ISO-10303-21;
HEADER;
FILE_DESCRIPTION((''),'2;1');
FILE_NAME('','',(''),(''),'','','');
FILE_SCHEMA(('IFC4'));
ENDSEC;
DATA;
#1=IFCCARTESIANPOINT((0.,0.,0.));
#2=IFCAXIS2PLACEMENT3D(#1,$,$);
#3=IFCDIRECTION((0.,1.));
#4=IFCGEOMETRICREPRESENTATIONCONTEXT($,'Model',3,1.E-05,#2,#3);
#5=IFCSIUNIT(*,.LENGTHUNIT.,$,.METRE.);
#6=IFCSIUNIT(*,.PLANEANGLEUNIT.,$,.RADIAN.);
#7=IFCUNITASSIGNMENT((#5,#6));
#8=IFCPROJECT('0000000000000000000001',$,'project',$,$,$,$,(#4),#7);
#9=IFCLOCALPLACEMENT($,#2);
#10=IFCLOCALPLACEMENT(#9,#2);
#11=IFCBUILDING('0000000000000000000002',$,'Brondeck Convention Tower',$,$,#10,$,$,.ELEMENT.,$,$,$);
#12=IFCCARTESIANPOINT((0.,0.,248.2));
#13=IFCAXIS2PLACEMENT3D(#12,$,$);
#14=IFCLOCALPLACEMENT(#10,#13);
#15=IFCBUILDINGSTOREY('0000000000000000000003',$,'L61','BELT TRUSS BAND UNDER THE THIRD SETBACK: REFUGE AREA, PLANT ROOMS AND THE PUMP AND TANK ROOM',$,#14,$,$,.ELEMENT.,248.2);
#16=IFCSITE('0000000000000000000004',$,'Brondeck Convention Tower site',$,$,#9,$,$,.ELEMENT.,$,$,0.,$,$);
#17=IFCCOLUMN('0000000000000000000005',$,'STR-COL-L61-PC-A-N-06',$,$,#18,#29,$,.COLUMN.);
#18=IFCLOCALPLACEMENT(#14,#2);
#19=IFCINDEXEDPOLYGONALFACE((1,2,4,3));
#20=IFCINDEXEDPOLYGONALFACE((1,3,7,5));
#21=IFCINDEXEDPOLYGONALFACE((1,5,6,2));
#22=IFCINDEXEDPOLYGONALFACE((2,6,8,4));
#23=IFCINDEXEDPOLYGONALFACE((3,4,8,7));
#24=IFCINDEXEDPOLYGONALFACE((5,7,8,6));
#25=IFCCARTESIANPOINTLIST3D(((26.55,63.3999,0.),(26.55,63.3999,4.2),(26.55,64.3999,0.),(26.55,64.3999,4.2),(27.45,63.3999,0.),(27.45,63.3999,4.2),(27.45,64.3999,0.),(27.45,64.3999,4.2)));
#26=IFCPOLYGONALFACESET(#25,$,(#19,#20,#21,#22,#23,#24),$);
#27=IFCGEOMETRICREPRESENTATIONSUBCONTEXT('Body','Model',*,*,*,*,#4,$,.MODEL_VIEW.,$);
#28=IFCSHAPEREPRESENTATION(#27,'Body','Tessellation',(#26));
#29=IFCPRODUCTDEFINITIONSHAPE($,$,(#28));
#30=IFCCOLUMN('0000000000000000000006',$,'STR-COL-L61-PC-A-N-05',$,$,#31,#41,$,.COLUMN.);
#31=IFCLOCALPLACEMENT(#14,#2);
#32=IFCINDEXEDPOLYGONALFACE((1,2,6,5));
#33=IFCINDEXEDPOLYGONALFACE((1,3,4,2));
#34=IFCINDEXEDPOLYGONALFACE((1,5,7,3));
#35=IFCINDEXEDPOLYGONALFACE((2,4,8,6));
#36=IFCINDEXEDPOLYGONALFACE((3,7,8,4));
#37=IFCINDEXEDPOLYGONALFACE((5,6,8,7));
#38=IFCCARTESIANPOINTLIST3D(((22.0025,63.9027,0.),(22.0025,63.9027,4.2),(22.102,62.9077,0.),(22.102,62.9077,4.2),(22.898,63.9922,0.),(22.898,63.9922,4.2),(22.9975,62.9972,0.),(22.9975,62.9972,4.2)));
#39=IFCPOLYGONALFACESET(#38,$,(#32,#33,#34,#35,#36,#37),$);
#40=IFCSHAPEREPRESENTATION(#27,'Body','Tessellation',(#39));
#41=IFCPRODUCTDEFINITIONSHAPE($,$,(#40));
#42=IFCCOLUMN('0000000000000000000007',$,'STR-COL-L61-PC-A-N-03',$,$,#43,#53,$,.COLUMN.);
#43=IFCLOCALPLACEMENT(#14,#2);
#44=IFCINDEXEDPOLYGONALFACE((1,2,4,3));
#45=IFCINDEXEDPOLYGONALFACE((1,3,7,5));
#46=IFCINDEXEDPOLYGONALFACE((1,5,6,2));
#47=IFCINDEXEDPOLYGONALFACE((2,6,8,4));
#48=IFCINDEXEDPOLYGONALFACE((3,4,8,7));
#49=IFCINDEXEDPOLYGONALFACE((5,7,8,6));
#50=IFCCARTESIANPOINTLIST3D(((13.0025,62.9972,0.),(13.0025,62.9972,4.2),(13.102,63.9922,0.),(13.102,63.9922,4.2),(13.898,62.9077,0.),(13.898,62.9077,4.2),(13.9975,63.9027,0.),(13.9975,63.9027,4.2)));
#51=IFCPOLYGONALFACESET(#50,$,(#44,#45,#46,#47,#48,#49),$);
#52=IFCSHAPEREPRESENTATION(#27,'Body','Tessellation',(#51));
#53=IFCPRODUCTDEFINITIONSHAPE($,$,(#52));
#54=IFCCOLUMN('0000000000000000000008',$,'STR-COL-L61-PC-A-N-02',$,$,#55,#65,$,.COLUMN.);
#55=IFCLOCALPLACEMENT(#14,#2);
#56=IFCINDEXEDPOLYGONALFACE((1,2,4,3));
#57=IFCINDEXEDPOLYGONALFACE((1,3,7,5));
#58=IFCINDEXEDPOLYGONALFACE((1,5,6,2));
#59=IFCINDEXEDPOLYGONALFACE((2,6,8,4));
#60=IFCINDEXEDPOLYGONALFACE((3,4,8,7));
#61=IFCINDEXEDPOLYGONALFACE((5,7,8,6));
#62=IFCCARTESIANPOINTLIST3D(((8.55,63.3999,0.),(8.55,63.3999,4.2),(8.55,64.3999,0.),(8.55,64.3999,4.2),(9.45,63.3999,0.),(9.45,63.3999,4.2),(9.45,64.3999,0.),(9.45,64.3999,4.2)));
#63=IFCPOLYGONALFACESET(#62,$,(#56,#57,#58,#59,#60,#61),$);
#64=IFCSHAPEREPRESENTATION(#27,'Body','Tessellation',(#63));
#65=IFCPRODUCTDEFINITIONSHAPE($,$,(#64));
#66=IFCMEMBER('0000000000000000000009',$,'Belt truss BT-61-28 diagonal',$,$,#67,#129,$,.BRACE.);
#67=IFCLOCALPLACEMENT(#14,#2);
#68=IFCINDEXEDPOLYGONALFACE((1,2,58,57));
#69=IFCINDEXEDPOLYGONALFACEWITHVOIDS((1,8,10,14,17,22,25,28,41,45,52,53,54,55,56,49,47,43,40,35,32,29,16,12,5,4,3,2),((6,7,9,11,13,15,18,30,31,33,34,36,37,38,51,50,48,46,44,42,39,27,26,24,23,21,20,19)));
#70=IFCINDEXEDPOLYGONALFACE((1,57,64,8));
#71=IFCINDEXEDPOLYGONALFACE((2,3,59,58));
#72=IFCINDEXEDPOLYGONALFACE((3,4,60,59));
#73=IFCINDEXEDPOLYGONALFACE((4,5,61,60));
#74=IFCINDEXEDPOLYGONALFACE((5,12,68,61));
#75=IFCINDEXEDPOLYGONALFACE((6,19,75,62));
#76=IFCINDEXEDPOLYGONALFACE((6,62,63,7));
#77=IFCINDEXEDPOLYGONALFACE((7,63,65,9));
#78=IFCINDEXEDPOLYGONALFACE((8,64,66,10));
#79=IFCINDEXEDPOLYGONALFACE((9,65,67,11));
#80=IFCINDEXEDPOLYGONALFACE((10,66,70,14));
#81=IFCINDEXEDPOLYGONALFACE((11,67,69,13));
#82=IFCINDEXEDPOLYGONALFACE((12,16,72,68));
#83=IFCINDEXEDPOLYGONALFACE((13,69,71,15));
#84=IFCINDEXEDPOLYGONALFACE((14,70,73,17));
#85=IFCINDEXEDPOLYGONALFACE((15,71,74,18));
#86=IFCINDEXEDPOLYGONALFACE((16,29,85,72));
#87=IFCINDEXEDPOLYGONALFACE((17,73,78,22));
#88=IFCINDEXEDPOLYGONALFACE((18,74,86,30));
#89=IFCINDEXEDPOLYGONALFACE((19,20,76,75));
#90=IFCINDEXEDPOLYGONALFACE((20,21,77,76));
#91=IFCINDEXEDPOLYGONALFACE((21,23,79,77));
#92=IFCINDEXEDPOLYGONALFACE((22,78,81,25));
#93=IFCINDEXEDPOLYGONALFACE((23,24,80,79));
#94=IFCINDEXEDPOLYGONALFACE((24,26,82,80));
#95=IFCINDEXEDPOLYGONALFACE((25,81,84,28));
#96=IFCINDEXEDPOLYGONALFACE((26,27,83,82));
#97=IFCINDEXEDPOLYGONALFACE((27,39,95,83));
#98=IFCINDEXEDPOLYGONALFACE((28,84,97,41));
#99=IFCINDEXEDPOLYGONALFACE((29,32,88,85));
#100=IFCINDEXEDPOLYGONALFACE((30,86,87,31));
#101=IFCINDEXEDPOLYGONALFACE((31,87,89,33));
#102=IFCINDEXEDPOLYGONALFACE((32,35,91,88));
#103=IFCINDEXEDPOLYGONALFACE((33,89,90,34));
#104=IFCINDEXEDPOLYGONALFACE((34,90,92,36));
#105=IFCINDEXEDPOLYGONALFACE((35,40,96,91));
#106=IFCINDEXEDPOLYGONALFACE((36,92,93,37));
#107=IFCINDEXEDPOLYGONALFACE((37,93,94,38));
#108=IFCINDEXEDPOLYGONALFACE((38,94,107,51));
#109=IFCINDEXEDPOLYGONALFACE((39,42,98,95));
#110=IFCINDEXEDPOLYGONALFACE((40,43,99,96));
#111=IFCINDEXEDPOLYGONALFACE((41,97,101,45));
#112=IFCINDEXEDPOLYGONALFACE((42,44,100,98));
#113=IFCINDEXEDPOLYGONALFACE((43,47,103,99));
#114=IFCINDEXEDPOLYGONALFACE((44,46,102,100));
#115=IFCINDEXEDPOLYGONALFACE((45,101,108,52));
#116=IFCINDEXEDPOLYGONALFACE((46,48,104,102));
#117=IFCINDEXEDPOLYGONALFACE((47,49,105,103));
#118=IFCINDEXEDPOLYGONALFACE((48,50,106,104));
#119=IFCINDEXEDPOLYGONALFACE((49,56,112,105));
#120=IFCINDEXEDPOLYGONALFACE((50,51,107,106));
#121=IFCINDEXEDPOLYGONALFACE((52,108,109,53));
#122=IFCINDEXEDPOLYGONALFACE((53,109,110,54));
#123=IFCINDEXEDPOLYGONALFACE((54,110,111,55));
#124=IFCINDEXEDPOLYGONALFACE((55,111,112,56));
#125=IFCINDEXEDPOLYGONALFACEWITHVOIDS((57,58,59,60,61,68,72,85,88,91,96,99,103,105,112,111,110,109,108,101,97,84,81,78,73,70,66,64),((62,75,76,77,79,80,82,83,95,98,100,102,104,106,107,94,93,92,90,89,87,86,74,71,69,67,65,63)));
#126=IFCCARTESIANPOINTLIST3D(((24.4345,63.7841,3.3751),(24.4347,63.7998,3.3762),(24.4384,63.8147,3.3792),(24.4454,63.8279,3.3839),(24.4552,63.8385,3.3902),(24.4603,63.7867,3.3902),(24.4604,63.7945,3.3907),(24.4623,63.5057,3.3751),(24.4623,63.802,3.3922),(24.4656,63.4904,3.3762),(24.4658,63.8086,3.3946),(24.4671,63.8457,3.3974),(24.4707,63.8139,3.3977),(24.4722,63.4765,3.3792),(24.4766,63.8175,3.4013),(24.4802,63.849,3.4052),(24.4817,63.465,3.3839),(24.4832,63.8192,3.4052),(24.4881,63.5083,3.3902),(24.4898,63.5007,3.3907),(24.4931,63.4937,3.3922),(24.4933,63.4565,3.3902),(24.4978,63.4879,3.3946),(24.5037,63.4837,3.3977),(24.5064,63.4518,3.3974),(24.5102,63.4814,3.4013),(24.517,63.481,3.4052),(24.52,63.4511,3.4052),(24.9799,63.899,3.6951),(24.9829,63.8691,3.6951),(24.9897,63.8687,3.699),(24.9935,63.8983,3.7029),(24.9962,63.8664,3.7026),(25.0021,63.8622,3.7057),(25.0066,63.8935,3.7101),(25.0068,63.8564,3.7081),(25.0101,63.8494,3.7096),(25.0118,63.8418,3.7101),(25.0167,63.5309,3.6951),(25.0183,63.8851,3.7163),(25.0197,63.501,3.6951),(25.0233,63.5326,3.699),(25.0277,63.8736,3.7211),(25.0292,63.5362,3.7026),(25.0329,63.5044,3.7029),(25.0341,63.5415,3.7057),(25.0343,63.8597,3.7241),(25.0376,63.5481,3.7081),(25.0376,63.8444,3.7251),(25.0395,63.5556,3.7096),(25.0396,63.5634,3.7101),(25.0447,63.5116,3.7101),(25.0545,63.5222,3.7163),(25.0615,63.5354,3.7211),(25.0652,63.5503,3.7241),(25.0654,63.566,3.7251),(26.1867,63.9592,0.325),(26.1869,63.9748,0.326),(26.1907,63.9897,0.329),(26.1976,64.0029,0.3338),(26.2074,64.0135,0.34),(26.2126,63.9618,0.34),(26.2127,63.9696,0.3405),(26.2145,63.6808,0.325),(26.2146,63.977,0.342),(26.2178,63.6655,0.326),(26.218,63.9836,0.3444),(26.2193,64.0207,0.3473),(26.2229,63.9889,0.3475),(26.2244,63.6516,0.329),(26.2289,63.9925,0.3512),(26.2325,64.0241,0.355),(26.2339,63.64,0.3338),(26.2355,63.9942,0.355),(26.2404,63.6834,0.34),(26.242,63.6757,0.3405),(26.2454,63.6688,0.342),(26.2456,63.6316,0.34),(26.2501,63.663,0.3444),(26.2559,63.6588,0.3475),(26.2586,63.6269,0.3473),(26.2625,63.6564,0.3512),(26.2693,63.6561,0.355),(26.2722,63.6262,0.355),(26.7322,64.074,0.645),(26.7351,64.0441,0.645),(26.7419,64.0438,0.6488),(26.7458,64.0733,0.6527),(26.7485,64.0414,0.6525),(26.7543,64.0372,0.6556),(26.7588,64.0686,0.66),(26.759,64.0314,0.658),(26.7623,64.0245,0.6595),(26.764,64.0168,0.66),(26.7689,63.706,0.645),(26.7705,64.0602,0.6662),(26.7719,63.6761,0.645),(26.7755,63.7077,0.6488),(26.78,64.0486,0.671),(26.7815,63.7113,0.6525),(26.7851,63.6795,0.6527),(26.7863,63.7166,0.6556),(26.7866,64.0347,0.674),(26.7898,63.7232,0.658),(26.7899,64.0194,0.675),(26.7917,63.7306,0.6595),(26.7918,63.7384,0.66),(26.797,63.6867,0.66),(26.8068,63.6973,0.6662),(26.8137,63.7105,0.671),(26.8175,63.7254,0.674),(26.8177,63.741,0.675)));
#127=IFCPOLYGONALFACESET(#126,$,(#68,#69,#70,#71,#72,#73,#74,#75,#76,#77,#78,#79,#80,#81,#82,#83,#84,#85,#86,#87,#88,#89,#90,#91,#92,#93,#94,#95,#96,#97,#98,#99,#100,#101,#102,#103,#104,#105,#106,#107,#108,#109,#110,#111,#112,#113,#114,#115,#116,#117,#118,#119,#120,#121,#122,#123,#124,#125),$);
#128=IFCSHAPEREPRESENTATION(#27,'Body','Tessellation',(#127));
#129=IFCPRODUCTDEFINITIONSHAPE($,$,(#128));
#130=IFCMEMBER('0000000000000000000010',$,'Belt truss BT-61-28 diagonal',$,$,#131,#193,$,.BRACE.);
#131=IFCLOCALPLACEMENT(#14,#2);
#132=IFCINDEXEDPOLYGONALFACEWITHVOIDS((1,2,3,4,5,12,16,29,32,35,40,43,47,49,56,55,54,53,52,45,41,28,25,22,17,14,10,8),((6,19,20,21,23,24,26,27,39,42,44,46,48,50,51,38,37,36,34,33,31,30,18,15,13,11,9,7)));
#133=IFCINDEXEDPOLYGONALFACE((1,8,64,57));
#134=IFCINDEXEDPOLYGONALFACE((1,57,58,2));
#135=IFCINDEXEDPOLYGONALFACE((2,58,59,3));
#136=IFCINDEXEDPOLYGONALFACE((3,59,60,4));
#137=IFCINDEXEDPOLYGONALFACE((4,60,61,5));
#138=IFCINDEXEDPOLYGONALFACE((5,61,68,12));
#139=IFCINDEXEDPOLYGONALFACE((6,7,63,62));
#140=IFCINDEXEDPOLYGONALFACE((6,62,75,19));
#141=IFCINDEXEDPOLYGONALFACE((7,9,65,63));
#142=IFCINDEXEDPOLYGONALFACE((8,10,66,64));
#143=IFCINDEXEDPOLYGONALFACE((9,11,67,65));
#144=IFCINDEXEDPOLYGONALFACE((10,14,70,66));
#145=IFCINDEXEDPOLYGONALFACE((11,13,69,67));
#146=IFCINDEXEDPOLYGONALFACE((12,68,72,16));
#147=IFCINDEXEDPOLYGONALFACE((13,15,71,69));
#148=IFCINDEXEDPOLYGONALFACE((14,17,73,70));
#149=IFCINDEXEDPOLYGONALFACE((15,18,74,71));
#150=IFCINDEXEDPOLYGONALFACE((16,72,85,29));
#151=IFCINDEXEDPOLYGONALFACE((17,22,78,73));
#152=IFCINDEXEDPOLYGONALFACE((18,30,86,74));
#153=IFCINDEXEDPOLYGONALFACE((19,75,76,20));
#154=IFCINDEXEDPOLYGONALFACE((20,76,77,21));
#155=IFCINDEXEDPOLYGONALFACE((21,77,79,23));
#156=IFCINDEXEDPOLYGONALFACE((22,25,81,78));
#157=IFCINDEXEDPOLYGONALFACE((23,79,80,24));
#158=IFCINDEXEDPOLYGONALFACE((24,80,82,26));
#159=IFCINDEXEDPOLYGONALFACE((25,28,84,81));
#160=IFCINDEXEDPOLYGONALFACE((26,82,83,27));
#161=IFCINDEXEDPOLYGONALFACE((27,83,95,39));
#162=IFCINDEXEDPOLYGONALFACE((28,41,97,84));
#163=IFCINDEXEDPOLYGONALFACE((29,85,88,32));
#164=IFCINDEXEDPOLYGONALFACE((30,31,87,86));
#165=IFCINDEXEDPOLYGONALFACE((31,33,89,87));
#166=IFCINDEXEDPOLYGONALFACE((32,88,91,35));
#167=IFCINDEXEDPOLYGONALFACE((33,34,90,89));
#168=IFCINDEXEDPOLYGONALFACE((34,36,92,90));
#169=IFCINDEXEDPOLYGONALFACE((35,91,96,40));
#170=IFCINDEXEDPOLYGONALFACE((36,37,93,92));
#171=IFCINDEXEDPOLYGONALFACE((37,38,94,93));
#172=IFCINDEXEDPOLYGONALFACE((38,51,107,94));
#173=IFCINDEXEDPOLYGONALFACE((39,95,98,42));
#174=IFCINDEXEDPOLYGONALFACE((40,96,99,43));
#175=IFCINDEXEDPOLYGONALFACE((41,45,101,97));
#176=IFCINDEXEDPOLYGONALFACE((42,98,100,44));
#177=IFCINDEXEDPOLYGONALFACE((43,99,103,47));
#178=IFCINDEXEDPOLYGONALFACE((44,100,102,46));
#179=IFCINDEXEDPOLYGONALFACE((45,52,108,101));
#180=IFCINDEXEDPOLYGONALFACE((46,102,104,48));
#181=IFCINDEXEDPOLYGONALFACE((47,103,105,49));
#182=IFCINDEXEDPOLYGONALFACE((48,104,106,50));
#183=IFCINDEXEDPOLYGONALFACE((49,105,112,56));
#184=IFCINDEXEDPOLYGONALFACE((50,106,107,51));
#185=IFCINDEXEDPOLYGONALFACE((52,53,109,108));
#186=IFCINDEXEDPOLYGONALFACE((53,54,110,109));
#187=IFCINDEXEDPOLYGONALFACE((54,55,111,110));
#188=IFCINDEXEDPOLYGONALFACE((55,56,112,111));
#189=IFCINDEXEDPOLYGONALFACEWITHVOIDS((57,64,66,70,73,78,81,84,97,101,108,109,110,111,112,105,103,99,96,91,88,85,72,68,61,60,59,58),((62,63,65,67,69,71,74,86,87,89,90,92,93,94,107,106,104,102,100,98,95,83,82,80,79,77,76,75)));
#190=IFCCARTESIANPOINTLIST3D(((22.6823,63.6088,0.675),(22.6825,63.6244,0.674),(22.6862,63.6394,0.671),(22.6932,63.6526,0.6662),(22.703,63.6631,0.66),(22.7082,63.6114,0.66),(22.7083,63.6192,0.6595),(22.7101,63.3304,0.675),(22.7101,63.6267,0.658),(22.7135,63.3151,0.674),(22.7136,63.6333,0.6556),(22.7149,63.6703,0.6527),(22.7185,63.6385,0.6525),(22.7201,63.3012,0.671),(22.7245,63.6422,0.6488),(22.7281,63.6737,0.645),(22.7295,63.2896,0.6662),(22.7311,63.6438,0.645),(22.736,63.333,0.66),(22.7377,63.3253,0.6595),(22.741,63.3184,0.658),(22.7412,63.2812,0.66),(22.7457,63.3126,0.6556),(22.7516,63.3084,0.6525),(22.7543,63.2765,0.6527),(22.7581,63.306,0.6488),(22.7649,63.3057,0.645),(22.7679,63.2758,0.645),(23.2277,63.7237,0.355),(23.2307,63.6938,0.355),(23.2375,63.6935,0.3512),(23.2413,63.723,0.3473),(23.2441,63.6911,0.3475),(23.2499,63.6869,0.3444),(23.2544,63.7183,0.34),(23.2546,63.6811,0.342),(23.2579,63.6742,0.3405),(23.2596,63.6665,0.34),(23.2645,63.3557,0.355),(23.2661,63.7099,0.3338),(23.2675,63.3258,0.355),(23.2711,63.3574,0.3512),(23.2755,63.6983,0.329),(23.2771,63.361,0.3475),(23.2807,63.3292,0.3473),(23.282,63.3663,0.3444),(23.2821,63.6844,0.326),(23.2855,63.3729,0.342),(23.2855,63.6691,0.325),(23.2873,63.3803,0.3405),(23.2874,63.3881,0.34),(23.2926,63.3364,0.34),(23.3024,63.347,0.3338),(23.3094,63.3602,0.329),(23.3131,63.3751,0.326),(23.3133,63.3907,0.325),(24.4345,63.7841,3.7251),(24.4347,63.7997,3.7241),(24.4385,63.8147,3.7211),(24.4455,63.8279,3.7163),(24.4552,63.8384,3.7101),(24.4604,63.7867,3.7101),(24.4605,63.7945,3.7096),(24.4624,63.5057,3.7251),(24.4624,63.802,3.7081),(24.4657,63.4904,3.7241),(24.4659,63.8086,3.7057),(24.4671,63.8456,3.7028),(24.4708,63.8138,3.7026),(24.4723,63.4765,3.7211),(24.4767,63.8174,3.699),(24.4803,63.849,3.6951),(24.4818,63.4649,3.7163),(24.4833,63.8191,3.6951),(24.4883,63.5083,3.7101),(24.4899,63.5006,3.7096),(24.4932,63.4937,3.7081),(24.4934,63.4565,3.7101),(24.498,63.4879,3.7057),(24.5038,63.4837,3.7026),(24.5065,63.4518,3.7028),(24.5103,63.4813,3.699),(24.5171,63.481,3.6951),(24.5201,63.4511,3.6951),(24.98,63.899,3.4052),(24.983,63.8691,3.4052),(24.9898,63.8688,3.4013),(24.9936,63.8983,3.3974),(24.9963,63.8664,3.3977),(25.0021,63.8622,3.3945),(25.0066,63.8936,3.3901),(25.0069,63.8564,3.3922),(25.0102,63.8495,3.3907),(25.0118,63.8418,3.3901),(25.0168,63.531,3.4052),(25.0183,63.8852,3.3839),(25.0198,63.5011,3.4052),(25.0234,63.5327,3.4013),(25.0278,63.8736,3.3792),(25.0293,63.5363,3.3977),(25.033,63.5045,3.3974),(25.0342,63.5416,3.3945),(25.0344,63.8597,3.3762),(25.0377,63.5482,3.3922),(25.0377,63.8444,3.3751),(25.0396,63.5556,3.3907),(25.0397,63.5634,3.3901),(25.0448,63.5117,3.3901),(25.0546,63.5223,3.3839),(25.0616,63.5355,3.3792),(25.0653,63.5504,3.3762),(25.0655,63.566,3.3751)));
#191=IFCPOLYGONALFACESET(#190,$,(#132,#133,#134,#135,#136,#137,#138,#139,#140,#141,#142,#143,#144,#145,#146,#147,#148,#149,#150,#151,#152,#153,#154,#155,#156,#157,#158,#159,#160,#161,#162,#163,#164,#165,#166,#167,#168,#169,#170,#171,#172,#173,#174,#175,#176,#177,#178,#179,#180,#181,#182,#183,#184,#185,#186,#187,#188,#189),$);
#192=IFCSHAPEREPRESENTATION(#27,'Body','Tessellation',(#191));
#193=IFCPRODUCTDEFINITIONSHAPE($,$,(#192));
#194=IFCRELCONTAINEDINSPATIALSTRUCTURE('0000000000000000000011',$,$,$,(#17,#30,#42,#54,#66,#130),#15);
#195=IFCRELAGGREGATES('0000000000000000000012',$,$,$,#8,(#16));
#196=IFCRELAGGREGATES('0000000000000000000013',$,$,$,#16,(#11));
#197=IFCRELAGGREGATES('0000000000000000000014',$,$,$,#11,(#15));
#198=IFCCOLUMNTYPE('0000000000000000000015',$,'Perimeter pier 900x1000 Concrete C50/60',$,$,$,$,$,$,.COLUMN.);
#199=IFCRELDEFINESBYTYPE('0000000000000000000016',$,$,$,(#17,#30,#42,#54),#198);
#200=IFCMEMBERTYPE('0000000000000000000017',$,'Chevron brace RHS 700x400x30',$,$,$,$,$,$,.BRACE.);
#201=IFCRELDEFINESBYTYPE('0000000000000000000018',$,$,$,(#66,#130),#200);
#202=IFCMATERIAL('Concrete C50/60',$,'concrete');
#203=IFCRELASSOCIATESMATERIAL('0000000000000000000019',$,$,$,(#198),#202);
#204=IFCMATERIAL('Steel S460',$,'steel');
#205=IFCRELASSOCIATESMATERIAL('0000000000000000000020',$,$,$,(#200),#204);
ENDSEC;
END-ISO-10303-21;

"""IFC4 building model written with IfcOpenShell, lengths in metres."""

from ifc_helpers import new_model, si_unit, direction, frame, origin, origin_2d, place, context, subcontext, project, spatial, rectangle, hollow_rectangle, extrude, material, material_profile, profile_set, type_object, element, save


model = new_model("IFC4")

# Units and contexts
model_context = context("Model", 3, precision=1e-05, world=origin(), true_north=direction((0.0, 1.0)))
body_context = subcontext(model_context, "Body", "Model", "MODEL_VIEW")
ifc_project = project(units=[si_unit("LENGTHUNIT", "METRE"), si_unit("PLANEANGLEUNIT", "RADIAN")], contexts=[model_context])

# Site, building, storey
site_placement = place(None, origin())
site = spatial("IfcSite", under=ifc_project, at=site_placement, Name="Brondeck Convention Tower site", CompositionType="ELEMENT", RefElevation=0.0)
building_placement = place(site_placement, origin())
building = spatial("IfcBuilding", under=site, at=building_placement, Name="Brondeck Convention Tower", CompositionType="ELEMENT")
storey_placement = place(building_placement, frame((0.0, 0.0, 248.2)))
storey = spatial("IfcBuildingStorey", under=building, at=storey_placement, Name="L61", Description="BELT TRUSS BAND UNDER THE THIRD SETBACK: REFUGE AREA, PLANT ROOMS AND THE PUMP AND TANK ROOM", CompositionType="ELEMENT", Elevation=248.2)

# Columns
ifc_material_1 = material(Name="Concrete C50/60", Category="concrete")
ifc_material_profile_1 = material_profile(ifc_material_1, rectangle(XDim=0.8999, YDim=1.0, at=origin_2d()), Name="Perimeter pier 900x1000 Concrete C50/60")
ifc_profile_set_1 = profile_set([ifc_material_profile_1], Name="Concrete C50/60")
column_type = type_object("IfcColumnType", Name="Perimeter pier 900x1000 Concrete C50/60", PredefinedType="COLUMN", material=ifc_profile_set_1)
for number, where, z_axis, x_axis, name in (
    (1, (27.0, 63.8999, 0.0), (0.0, 0.0, 1.0), (-1.0, 0.0, 0.0), "STR-COL-L61-PC-A-N-06"),
    (2, (22.5, 63.45, 0.0), (0.0, 0.0, 1.0), (-0.995037, -0.099504, 0.0), "STR-COL-L61-PC-A-N-05"),
    (3, (13.5, 63.45, 0.0), (0.0, 0.0, 1.0), (-0.995037, 0.099504, 0.0), "STR-COL-L61-PC-A-N-03"),
    (4, (9.0, 63.8999, 0.0), (0.0, 0.0, 1.0), (-1.0, 0.0, 0.0), "STR-COL-L61-PC-A-N-02"),
):
    element("IfcColumn", number, at=place(storey_placement, frame(where, z_axis=z_axis, x_axis=x_axis)), inside=storey, type_object=column_type, Name=name, PredefinedType="COLUMN", context=body_context, shape_type="SweptSolid", body=[
        extrude(rectangle(XDim=0.8999, YDim=1.0, at=origin_2d()), origin(), (0.0, 0.0, 1.0), 4.2),
    ])

# Members
ifc_material_2 = material(Name="Steel S460", Category="steel")
ifc_material_profile_2 = material_profile(ifc_material_2, hollow_rectangle(XDim=0.3999, YDim=0.7, WallThickness=0.03, InnerFilletRadius=0.03, OuterFilletRadius=0.0601, at=origin_2d()), Name="RHS 700x400x30")
ifc_profile_set_2 = profile_set([ifc_material_profile_2], Name="Steel S460")
member_type_1 = type_object("IfcMemberType", Name="Chevron brace RHS 700x400x30", PredefinedType="BRACE", material=ifc_profile_set_2)
for number, where, z_axis, x_axis, name in (
    (5, (26.5022, 63.8501, 0.5), (-0.497518, -0.049703, 0.866029), (0.099408, -0.995047, 0.0), "Belt truss BT-61-28 diagonal"),
    (6, (22.9978, 63.4998, 0.5), (0.497516, 0.049772, 0.866026), (-0.099545, 0.995033, 0.0), "Belt truss BT-61-28 diagonal"),
):
    element("IfcMember", number, at=place(storey_placement, frame(where, z_axis=z_axis, x_axis=x_axis)), inside=storey, type_object=member_type_1, Name=name, PredefinedType="BRACE", context=body_context, shape_type="SweptSolid", body=[
        extrude(hollow_rectangle(XDim=0.3999, YDim=0.7, WallThickness=0.03, InnerFilletRadius=0.03, OuterFilletRadius=0.0601, at=origin_2d()), origin(), (0.0, 0.0, 1.0), 3.522),
    ])

save(model, "model.ifc")
